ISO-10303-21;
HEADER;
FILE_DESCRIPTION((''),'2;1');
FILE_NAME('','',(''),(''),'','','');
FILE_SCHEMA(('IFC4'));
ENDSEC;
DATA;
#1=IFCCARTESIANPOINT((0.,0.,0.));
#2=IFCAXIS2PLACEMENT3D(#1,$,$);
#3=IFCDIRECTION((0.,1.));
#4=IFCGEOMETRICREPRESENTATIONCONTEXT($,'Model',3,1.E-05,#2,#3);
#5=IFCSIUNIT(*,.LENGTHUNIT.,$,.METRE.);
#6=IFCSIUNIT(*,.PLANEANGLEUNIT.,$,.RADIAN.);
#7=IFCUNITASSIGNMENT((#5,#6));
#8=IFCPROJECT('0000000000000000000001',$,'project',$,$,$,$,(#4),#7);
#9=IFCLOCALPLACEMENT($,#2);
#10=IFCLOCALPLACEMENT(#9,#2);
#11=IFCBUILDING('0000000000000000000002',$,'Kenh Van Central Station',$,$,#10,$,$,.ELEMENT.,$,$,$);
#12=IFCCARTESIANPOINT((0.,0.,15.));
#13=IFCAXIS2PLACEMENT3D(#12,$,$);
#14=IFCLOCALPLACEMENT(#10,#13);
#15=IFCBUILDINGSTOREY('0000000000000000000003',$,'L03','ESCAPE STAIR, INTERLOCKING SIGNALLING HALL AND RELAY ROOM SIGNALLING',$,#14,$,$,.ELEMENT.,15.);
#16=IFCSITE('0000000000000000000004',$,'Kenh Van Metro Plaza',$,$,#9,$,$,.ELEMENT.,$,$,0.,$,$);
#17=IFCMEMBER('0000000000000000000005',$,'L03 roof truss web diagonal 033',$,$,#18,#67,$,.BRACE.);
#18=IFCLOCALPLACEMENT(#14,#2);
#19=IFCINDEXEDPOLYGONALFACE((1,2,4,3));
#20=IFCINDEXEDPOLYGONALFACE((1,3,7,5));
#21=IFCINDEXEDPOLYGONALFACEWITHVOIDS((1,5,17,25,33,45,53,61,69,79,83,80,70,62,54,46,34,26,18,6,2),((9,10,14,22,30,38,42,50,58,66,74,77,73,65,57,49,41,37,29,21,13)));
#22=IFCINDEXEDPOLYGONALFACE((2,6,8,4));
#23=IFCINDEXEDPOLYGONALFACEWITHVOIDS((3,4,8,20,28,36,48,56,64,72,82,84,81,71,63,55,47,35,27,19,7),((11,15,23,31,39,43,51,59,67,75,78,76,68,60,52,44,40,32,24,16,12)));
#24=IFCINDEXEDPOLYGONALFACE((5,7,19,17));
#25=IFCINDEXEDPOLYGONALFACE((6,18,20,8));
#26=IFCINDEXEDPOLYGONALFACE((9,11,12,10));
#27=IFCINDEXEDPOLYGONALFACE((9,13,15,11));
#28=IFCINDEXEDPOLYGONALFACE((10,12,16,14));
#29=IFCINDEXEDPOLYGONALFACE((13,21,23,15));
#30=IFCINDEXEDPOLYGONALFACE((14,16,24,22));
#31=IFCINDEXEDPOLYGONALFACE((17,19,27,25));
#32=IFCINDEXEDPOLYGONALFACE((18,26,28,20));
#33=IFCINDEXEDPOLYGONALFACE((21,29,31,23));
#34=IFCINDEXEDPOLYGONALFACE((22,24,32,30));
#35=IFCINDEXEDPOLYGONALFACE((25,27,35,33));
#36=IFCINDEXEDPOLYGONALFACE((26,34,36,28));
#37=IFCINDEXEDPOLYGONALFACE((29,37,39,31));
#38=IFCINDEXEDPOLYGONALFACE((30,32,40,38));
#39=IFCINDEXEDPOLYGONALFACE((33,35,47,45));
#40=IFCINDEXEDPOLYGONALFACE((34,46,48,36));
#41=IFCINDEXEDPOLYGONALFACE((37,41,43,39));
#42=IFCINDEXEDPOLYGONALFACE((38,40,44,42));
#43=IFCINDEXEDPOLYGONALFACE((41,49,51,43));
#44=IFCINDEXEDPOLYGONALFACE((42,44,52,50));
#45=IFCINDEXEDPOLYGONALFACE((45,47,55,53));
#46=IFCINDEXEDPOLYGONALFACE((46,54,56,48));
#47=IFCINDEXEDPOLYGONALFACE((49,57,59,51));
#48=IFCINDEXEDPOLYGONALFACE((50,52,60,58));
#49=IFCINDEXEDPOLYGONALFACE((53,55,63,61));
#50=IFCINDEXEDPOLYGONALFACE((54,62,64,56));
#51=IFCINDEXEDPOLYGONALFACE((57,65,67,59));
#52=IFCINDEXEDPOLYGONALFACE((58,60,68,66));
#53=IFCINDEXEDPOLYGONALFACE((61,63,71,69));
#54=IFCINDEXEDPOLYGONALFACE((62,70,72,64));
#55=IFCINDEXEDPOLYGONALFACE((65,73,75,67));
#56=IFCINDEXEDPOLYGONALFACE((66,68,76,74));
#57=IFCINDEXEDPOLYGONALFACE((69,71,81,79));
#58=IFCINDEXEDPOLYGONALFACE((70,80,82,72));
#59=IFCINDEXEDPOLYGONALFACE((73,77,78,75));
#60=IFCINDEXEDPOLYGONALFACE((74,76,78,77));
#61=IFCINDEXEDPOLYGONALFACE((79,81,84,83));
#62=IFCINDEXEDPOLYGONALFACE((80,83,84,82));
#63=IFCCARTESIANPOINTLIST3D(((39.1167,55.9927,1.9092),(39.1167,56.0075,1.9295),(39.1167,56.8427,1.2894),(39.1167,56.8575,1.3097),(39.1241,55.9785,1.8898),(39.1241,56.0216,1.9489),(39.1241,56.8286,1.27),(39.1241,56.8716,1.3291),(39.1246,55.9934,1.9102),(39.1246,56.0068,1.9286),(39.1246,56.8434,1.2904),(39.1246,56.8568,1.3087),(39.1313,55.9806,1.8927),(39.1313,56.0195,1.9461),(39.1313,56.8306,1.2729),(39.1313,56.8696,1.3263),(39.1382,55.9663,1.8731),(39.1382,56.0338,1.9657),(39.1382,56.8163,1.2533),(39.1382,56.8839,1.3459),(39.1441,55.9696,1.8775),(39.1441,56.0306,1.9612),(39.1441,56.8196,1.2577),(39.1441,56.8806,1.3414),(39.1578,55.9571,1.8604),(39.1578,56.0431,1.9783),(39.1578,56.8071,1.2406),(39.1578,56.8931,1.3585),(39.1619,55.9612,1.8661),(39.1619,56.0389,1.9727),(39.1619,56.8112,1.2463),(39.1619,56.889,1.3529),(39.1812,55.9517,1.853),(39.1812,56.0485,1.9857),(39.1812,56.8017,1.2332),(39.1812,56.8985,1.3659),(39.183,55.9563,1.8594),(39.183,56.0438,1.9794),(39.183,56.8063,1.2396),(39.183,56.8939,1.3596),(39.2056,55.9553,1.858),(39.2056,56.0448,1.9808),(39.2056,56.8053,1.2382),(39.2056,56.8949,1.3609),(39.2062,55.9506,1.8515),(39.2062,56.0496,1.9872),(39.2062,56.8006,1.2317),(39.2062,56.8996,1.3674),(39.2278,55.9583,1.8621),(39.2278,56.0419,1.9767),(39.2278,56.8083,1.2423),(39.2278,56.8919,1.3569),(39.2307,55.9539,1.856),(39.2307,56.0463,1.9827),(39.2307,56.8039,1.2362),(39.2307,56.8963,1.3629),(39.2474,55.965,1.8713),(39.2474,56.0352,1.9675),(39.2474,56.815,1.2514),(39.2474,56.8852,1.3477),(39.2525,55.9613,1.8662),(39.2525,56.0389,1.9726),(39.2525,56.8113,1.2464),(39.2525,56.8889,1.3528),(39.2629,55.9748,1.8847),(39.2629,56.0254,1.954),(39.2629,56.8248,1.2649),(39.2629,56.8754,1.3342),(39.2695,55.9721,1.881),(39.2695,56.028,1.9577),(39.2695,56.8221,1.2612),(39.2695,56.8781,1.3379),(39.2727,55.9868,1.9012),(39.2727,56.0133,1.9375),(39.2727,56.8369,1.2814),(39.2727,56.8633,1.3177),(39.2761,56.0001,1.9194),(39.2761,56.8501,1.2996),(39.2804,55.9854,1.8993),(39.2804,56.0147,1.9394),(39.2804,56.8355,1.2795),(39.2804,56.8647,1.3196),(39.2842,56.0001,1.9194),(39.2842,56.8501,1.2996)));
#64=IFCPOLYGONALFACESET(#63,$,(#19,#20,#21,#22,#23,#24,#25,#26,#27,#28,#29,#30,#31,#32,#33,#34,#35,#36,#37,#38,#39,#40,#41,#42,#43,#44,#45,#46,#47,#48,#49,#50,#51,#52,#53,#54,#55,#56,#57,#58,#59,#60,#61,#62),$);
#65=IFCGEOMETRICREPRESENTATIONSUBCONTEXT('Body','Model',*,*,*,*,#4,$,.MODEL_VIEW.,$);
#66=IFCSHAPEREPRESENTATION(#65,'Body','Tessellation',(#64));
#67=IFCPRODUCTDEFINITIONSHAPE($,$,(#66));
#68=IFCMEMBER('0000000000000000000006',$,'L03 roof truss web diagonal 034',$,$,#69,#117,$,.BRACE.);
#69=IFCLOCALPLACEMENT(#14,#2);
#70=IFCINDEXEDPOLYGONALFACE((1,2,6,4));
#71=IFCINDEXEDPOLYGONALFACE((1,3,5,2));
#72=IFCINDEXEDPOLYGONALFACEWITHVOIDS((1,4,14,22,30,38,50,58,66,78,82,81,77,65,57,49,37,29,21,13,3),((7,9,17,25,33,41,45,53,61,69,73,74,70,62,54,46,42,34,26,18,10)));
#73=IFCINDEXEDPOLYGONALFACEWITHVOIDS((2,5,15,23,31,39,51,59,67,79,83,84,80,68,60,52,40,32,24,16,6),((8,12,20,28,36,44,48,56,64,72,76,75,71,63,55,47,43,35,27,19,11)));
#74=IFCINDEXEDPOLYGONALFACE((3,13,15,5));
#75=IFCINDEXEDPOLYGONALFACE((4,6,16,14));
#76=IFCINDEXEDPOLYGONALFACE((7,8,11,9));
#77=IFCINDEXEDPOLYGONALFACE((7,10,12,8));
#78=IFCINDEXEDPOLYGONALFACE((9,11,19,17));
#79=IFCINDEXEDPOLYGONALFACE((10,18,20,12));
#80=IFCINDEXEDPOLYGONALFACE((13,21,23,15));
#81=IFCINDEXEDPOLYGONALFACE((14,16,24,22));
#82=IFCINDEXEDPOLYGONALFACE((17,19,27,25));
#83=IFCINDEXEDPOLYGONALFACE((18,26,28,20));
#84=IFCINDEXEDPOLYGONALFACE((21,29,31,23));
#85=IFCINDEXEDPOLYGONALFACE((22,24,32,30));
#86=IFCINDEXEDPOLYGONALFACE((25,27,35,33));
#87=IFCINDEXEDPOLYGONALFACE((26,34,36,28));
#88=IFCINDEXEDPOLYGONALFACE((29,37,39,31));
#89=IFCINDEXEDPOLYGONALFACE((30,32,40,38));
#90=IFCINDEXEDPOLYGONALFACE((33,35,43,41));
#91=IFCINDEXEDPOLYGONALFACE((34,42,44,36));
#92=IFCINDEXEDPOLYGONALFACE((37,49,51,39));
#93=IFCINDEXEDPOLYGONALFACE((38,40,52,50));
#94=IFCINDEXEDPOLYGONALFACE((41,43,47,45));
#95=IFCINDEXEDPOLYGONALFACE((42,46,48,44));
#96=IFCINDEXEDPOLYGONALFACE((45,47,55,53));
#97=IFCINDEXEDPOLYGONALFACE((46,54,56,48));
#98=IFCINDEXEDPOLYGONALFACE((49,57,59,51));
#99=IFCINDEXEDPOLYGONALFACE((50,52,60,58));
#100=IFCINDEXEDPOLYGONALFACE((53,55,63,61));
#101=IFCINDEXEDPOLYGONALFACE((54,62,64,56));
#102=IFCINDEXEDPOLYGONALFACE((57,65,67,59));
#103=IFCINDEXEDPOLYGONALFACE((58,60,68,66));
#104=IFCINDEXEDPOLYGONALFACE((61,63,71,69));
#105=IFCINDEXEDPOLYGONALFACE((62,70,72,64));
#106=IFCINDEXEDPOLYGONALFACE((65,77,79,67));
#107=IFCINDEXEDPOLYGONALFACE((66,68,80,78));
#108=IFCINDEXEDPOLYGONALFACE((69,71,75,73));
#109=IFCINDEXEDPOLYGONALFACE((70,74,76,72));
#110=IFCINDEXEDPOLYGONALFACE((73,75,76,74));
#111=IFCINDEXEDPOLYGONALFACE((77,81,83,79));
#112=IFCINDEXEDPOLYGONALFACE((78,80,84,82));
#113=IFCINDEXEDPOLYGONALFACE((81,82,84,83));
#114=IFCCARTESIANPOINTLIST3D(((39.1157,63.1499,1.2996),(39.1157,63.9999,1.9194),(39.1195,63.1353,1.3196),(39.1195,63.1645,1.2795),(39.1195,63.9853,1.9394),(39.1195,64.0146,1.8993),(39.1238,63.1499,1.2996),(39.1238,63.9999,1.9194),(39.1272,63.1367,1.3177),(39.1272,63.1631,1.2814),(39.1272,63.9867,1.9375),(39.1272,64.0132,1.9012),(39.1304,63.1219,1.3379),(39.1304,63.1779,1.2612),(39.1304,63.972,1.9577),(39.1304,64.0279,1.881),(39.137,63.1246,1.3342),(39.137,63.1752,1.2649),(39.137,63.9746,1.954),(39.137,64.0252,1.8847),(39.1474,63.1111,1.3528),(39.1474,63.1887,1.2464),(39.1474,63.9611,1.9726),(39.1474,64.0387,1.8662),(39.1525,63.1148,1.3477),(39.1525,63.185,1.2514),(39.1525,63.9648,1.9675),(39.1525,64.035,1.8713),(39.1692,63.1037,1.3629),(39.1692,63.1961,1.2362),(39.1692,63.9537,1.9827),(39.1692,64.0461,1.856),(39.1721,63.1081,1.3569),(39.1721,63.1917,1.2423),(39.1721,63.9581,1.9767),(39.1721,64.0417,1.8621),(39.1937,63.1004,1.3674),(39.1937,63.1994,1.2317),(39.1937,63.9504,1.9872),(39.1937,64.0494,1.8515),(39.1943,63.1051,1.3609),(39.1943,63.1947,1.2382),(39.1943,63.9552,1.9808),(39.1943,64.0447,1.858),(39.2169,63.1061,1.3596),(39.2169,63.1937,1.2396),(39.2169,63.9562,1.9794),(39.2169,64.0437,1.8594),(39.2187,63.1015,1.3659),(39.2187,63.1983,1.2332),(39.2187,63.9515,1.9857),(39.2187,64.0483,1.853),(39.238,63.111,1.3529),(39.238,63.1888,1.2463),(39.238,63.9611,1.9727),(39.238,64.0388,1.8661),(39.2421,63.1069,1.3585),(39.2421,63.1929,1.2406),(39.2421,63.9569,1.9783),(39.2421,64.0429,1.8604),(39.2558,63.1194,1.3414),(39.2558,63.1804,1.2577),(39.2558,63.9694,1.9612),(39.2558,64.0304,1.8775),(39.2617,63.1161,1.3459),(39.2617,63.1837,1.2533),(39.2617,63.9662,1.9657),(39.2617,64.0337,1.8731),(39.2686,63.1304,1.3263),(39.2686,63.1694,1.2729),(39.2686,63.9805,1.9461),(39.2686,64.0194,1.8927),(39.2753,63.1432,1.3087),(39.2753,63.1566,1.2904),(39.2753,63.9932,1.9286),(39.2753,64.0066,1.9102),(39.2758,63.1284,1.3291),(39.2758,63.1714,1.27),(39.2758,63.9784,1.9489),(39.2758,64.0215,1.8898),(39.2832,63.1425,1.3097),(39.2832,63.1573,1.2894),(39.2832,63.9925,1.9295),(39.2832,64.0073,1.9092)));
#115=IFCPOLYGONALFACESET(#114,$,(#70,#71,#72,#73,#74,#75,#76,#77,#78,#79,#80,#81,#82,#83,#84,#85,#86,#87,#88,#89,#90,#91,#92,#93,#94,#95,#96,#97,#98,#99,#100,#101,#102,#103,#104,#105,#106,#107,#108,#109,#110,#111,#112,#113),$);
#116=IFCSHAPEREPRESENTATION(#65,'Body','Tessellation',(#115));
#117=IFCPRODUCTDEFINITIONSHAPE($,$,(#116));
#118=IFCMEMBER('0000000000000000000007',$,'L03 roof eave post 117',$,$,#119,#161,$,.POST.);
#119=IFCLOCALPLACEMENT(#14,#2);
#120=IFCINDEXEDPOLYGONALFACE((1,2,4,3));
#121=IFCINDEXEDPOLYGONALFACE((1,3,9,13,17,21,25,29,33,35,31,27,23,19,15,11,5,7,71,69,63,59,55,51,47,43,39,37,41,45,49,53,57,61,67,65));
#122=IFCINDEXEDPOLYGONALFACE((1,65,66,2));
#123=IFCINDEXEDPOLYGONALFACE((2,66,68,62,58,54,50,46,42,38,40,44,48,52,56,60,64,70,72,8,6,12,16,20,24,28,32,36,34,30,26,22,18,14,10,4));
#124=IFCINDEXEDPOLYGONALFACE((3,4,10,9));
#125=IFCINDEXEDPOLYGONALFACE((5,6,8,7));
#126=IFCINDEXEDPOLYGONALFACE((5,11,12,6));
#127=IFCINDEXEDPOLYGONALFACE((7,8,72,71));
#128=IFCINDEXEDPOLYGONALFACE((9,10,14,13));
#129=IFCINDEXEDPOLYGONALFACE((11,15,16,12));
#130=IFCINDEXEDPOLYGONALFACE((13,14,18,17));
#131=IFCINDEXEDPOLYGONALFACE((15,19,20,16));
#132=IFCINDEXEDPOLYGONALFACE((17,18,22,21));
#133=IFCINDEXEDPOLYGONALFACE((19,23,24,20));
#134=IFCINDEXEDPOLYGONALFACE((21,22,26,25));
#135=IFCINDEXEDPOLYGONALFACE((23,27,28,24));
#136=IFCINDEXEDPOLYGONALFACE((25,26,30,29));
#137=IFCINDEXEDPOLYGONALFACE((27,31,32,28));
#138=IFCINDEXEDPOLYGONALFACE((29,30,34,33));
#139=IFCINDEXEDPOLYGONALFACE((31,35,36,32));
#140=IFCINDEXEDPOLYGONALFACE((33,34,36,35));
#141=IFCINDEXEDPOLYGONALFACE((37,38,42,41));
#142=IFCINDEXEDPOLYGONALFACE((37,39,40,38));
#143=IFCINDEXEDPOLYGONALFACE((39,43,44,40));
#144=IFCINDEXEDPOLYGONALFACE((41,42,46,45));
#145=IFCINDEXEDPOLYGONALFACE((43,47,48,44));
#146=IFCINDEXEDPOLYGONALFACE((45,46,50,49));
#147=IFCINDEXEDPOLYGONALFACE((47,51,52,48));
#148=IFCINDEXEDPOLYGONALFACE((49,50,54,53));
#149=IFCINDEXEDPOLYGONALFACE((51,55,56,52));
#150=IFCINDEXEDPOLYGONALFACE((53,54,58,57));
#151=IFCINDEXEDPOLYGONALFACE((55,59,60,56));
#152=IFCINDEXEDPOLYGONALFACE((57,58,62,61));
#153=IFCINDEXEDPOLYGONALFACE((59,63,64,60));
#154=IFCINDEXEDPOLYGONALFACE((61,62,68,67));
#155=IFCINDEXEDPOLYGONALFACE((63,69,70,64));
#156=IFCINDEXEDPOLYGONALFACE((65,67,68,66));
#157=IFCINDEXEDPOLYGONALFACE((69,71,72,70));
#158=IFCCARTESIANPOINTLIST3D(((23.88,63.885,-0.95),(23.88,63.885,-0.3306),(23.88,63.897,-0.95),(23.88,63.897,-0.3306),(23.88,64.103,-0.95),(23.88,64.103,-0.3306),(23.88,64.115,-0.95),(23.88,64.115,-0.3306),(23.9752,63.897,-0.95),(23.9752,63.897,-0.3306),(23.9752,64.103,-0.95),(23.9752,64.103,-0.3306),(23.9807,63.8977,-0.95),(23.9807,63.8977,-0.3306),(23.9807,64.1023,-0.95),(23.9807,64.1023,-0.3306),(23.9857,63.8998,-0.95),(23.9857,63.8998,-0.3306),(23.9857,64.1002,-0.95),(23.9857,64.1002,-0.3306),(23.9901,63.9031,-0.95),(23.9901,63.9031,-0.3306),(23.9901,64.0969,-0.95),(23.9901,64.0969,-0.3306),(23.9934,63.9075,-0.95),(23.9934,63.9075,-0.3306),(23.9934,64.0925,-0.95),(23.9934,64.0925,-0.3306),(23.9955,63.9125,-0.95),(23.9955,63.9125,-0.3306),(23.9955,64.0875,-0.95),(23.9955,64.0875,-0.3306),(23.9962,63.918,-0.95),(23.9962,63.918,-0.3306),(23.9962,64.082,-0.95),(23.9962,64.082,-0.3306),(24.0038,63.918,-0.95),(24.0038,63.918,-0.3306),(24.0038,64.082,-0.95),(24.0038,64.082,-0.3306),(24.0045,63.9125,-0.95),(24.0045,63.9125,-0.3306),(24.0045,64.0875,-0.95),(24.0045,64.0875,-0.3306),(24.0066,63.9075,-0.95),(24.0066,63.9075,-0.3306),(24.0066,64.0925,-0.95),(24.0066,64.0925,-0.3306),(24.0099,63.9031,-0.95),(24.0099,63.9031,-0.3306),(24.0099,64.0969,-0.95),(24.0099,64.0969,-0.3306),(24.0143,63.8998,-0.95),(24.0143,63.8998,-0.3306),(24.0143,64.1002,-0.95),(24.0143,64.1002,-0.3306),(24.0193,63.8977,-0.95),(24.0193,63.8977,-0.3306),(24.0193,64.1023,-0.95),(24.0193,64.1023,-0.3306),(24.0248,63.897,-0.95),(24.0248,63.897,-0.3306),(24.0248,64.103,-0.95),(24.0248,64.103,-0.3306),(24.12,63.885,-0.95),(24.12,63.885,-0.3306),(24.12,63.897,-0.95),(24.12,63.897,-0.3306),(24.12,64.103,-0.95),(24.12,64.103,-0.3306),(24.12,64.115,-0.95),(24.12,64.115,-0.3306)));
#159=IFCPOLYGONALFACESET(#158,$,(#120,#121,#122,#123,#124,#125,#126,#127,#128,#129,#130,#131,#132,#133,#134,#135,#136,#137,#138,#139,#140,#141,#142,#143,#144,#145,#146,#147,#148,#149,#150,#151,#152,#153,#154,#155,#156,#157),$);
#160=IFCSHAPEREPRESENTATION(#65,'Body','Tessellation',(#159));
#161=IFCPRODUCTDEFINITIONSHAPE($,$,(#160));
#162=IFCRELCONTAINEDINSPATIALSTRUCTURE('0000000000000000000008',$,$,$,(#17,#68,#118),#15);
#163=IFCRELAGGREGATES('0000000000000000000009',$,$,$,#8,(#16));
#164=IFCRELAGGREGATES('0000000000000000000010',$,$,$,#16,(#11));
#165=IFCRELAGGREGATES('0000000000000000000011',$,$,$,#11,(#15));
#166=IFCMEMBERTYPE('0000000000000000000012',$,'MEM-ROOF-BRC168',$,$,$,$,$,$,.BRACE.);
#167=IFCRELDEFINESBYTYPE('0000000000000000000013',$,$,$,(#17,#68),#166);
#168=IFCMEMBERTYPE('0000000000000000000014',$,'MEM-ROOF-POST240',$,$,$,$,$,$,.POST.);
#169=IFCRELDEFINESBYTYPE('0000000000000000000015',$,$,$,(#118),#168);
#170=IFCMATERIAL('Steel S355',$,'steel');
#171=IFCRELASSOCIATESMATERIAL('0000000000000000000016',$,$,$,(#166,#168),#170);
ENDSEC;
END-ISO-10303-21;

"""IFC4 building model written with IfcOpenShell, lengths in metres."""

from ifc_helpers import new_model, si_unit, direction, frame, origin, origin_2d, place, context, subcontext, project, spatial, hollow_circle, i_section, extrude, material, material_profile, profile_set, type_object, element, save


model = new_model("IFC4")

# Units and contexts
model_context = context("Model", 3, precision=1e-05, world=origin(), true_north=direction((0.0, 1.0)))
body_context = subcontext(model_context, "Body", "Model", "MODEL_VIEW")
ifc_project = project(units=[si_unit("LENGTHUNIT", "METRE"), si_unit("PLANEANGLEUNIT", "RADIAN")], contexts=[model_context])

# Site, building, storey
site_placement = place(None, origin())
site = spatial("IfcSite", under=ifc_project, at=site_placement, Name="Kenh Van Metro Plaza", CompositionType="ELEMENT", RefElevation=0.0)
building_placement = place(site_placement, origin())
building = spatial("IfcBuilding", under=site, at=building_placement, Name="Kenh Van Central Station", CompositionType="ELEMENT")
storey_placement = place(building_placement, frame((0.0, 0.0, 15.0)))
storey = spatial("IfcBuildingStorey", under=building, at=storey_placement, Name="L03", Description="ESCAPE STAIR, INTERLOCKING SIGNALLING HALL AND RELAY ROOM SIGNALLING", CompositionType="ELEMENT", Elevation=15.0)

# Shared definitions
ifc_material_1 = material(Name="Steel S355", Category="steel")

# Members
ifc_material_profile_1 = material_profile(ifc_material_1, hollow_circle(Radius=0.0842, WallThickness=0.0081, at=origin_2d()), Name="CHS 168.3x8")
ifc_profile_set_1 = profile_set([ifc_material_profile_1], Name="Steel S355")
member_type_1 = type_object("IfcMemberType", Name="MEM-ROOF-BRC168", PredefinedType="BRACE", material=ifc_profile_set_1)
for number, where, z_axis, x_axis, name in (
    (1, (39.2, 56.8501, 1.2996), (0.0, -0.808003, 0.589178), (1.0, 0.0, 0.0), "L03 roof truss web diagonal 033"),
    (2, (39.2, 63.1499, 1.2996), (0.0, 0.808003, 0.589178), (-1.0, 0.0, 0.0), "L03 roof truss web diagonal 034"),
):
    element("IfcMember", number, at=place(storey_placement, frame(where, z_axis=z_axis, x_axis=x_axis)), inside=storey, type_object=member_type_1, Name=name, PredefinedType="BRACE", context=body_context, shape_type="SweptSolid", body=[
        extrude(hollow_circle(Radius=0.0842, WallThickness=0.0081, at=origin_2d()), origin(), (0.0, 0.0, 1.0), 1.052),
    ])
ifc_material_profile_2 = material_profile(ifc_material_1, i_section(OverallWidth=0.24, OverallDepth=0.23, WebThickness=0.0076, FlangeThickness=0.012, FilletRadius=0.021, at=origin_2d()), Name="HEA 240")
ifc_profile_set_2 = profile_set([ifc_material_profile_2], Name="Steel S355")
member_type_2 = type_object("IfcMemberType", Name="MEM-ROOF-POST240", PredefinedType="POST", material=ifc_profile_set_2)
member_1_placement = place(storey_placement, frame((24.0, 64.0, -0.95), z_axis=(0.0, 0.0, 1.0), x_axis=(1.0, 0.0, 0.0)))
element("IfcMember", 3, at=member_1_placement, inside=storey, type_object=member_type_2, Name="L03 roof eave post 117", PredefinedType="POST", context=body_context, shape_type="SweptSolid", body=[
    extrude(i_section(OverallWidth=0.24, OverallDepth=0.23, WebThickness=0.0076, FlangeThickness=0.012, FilletRadius=0.021, at=origin_2d()), origin(), (0.0, 0.0, 1.0), 0.6194),
])

save(model, "model.ifc")
